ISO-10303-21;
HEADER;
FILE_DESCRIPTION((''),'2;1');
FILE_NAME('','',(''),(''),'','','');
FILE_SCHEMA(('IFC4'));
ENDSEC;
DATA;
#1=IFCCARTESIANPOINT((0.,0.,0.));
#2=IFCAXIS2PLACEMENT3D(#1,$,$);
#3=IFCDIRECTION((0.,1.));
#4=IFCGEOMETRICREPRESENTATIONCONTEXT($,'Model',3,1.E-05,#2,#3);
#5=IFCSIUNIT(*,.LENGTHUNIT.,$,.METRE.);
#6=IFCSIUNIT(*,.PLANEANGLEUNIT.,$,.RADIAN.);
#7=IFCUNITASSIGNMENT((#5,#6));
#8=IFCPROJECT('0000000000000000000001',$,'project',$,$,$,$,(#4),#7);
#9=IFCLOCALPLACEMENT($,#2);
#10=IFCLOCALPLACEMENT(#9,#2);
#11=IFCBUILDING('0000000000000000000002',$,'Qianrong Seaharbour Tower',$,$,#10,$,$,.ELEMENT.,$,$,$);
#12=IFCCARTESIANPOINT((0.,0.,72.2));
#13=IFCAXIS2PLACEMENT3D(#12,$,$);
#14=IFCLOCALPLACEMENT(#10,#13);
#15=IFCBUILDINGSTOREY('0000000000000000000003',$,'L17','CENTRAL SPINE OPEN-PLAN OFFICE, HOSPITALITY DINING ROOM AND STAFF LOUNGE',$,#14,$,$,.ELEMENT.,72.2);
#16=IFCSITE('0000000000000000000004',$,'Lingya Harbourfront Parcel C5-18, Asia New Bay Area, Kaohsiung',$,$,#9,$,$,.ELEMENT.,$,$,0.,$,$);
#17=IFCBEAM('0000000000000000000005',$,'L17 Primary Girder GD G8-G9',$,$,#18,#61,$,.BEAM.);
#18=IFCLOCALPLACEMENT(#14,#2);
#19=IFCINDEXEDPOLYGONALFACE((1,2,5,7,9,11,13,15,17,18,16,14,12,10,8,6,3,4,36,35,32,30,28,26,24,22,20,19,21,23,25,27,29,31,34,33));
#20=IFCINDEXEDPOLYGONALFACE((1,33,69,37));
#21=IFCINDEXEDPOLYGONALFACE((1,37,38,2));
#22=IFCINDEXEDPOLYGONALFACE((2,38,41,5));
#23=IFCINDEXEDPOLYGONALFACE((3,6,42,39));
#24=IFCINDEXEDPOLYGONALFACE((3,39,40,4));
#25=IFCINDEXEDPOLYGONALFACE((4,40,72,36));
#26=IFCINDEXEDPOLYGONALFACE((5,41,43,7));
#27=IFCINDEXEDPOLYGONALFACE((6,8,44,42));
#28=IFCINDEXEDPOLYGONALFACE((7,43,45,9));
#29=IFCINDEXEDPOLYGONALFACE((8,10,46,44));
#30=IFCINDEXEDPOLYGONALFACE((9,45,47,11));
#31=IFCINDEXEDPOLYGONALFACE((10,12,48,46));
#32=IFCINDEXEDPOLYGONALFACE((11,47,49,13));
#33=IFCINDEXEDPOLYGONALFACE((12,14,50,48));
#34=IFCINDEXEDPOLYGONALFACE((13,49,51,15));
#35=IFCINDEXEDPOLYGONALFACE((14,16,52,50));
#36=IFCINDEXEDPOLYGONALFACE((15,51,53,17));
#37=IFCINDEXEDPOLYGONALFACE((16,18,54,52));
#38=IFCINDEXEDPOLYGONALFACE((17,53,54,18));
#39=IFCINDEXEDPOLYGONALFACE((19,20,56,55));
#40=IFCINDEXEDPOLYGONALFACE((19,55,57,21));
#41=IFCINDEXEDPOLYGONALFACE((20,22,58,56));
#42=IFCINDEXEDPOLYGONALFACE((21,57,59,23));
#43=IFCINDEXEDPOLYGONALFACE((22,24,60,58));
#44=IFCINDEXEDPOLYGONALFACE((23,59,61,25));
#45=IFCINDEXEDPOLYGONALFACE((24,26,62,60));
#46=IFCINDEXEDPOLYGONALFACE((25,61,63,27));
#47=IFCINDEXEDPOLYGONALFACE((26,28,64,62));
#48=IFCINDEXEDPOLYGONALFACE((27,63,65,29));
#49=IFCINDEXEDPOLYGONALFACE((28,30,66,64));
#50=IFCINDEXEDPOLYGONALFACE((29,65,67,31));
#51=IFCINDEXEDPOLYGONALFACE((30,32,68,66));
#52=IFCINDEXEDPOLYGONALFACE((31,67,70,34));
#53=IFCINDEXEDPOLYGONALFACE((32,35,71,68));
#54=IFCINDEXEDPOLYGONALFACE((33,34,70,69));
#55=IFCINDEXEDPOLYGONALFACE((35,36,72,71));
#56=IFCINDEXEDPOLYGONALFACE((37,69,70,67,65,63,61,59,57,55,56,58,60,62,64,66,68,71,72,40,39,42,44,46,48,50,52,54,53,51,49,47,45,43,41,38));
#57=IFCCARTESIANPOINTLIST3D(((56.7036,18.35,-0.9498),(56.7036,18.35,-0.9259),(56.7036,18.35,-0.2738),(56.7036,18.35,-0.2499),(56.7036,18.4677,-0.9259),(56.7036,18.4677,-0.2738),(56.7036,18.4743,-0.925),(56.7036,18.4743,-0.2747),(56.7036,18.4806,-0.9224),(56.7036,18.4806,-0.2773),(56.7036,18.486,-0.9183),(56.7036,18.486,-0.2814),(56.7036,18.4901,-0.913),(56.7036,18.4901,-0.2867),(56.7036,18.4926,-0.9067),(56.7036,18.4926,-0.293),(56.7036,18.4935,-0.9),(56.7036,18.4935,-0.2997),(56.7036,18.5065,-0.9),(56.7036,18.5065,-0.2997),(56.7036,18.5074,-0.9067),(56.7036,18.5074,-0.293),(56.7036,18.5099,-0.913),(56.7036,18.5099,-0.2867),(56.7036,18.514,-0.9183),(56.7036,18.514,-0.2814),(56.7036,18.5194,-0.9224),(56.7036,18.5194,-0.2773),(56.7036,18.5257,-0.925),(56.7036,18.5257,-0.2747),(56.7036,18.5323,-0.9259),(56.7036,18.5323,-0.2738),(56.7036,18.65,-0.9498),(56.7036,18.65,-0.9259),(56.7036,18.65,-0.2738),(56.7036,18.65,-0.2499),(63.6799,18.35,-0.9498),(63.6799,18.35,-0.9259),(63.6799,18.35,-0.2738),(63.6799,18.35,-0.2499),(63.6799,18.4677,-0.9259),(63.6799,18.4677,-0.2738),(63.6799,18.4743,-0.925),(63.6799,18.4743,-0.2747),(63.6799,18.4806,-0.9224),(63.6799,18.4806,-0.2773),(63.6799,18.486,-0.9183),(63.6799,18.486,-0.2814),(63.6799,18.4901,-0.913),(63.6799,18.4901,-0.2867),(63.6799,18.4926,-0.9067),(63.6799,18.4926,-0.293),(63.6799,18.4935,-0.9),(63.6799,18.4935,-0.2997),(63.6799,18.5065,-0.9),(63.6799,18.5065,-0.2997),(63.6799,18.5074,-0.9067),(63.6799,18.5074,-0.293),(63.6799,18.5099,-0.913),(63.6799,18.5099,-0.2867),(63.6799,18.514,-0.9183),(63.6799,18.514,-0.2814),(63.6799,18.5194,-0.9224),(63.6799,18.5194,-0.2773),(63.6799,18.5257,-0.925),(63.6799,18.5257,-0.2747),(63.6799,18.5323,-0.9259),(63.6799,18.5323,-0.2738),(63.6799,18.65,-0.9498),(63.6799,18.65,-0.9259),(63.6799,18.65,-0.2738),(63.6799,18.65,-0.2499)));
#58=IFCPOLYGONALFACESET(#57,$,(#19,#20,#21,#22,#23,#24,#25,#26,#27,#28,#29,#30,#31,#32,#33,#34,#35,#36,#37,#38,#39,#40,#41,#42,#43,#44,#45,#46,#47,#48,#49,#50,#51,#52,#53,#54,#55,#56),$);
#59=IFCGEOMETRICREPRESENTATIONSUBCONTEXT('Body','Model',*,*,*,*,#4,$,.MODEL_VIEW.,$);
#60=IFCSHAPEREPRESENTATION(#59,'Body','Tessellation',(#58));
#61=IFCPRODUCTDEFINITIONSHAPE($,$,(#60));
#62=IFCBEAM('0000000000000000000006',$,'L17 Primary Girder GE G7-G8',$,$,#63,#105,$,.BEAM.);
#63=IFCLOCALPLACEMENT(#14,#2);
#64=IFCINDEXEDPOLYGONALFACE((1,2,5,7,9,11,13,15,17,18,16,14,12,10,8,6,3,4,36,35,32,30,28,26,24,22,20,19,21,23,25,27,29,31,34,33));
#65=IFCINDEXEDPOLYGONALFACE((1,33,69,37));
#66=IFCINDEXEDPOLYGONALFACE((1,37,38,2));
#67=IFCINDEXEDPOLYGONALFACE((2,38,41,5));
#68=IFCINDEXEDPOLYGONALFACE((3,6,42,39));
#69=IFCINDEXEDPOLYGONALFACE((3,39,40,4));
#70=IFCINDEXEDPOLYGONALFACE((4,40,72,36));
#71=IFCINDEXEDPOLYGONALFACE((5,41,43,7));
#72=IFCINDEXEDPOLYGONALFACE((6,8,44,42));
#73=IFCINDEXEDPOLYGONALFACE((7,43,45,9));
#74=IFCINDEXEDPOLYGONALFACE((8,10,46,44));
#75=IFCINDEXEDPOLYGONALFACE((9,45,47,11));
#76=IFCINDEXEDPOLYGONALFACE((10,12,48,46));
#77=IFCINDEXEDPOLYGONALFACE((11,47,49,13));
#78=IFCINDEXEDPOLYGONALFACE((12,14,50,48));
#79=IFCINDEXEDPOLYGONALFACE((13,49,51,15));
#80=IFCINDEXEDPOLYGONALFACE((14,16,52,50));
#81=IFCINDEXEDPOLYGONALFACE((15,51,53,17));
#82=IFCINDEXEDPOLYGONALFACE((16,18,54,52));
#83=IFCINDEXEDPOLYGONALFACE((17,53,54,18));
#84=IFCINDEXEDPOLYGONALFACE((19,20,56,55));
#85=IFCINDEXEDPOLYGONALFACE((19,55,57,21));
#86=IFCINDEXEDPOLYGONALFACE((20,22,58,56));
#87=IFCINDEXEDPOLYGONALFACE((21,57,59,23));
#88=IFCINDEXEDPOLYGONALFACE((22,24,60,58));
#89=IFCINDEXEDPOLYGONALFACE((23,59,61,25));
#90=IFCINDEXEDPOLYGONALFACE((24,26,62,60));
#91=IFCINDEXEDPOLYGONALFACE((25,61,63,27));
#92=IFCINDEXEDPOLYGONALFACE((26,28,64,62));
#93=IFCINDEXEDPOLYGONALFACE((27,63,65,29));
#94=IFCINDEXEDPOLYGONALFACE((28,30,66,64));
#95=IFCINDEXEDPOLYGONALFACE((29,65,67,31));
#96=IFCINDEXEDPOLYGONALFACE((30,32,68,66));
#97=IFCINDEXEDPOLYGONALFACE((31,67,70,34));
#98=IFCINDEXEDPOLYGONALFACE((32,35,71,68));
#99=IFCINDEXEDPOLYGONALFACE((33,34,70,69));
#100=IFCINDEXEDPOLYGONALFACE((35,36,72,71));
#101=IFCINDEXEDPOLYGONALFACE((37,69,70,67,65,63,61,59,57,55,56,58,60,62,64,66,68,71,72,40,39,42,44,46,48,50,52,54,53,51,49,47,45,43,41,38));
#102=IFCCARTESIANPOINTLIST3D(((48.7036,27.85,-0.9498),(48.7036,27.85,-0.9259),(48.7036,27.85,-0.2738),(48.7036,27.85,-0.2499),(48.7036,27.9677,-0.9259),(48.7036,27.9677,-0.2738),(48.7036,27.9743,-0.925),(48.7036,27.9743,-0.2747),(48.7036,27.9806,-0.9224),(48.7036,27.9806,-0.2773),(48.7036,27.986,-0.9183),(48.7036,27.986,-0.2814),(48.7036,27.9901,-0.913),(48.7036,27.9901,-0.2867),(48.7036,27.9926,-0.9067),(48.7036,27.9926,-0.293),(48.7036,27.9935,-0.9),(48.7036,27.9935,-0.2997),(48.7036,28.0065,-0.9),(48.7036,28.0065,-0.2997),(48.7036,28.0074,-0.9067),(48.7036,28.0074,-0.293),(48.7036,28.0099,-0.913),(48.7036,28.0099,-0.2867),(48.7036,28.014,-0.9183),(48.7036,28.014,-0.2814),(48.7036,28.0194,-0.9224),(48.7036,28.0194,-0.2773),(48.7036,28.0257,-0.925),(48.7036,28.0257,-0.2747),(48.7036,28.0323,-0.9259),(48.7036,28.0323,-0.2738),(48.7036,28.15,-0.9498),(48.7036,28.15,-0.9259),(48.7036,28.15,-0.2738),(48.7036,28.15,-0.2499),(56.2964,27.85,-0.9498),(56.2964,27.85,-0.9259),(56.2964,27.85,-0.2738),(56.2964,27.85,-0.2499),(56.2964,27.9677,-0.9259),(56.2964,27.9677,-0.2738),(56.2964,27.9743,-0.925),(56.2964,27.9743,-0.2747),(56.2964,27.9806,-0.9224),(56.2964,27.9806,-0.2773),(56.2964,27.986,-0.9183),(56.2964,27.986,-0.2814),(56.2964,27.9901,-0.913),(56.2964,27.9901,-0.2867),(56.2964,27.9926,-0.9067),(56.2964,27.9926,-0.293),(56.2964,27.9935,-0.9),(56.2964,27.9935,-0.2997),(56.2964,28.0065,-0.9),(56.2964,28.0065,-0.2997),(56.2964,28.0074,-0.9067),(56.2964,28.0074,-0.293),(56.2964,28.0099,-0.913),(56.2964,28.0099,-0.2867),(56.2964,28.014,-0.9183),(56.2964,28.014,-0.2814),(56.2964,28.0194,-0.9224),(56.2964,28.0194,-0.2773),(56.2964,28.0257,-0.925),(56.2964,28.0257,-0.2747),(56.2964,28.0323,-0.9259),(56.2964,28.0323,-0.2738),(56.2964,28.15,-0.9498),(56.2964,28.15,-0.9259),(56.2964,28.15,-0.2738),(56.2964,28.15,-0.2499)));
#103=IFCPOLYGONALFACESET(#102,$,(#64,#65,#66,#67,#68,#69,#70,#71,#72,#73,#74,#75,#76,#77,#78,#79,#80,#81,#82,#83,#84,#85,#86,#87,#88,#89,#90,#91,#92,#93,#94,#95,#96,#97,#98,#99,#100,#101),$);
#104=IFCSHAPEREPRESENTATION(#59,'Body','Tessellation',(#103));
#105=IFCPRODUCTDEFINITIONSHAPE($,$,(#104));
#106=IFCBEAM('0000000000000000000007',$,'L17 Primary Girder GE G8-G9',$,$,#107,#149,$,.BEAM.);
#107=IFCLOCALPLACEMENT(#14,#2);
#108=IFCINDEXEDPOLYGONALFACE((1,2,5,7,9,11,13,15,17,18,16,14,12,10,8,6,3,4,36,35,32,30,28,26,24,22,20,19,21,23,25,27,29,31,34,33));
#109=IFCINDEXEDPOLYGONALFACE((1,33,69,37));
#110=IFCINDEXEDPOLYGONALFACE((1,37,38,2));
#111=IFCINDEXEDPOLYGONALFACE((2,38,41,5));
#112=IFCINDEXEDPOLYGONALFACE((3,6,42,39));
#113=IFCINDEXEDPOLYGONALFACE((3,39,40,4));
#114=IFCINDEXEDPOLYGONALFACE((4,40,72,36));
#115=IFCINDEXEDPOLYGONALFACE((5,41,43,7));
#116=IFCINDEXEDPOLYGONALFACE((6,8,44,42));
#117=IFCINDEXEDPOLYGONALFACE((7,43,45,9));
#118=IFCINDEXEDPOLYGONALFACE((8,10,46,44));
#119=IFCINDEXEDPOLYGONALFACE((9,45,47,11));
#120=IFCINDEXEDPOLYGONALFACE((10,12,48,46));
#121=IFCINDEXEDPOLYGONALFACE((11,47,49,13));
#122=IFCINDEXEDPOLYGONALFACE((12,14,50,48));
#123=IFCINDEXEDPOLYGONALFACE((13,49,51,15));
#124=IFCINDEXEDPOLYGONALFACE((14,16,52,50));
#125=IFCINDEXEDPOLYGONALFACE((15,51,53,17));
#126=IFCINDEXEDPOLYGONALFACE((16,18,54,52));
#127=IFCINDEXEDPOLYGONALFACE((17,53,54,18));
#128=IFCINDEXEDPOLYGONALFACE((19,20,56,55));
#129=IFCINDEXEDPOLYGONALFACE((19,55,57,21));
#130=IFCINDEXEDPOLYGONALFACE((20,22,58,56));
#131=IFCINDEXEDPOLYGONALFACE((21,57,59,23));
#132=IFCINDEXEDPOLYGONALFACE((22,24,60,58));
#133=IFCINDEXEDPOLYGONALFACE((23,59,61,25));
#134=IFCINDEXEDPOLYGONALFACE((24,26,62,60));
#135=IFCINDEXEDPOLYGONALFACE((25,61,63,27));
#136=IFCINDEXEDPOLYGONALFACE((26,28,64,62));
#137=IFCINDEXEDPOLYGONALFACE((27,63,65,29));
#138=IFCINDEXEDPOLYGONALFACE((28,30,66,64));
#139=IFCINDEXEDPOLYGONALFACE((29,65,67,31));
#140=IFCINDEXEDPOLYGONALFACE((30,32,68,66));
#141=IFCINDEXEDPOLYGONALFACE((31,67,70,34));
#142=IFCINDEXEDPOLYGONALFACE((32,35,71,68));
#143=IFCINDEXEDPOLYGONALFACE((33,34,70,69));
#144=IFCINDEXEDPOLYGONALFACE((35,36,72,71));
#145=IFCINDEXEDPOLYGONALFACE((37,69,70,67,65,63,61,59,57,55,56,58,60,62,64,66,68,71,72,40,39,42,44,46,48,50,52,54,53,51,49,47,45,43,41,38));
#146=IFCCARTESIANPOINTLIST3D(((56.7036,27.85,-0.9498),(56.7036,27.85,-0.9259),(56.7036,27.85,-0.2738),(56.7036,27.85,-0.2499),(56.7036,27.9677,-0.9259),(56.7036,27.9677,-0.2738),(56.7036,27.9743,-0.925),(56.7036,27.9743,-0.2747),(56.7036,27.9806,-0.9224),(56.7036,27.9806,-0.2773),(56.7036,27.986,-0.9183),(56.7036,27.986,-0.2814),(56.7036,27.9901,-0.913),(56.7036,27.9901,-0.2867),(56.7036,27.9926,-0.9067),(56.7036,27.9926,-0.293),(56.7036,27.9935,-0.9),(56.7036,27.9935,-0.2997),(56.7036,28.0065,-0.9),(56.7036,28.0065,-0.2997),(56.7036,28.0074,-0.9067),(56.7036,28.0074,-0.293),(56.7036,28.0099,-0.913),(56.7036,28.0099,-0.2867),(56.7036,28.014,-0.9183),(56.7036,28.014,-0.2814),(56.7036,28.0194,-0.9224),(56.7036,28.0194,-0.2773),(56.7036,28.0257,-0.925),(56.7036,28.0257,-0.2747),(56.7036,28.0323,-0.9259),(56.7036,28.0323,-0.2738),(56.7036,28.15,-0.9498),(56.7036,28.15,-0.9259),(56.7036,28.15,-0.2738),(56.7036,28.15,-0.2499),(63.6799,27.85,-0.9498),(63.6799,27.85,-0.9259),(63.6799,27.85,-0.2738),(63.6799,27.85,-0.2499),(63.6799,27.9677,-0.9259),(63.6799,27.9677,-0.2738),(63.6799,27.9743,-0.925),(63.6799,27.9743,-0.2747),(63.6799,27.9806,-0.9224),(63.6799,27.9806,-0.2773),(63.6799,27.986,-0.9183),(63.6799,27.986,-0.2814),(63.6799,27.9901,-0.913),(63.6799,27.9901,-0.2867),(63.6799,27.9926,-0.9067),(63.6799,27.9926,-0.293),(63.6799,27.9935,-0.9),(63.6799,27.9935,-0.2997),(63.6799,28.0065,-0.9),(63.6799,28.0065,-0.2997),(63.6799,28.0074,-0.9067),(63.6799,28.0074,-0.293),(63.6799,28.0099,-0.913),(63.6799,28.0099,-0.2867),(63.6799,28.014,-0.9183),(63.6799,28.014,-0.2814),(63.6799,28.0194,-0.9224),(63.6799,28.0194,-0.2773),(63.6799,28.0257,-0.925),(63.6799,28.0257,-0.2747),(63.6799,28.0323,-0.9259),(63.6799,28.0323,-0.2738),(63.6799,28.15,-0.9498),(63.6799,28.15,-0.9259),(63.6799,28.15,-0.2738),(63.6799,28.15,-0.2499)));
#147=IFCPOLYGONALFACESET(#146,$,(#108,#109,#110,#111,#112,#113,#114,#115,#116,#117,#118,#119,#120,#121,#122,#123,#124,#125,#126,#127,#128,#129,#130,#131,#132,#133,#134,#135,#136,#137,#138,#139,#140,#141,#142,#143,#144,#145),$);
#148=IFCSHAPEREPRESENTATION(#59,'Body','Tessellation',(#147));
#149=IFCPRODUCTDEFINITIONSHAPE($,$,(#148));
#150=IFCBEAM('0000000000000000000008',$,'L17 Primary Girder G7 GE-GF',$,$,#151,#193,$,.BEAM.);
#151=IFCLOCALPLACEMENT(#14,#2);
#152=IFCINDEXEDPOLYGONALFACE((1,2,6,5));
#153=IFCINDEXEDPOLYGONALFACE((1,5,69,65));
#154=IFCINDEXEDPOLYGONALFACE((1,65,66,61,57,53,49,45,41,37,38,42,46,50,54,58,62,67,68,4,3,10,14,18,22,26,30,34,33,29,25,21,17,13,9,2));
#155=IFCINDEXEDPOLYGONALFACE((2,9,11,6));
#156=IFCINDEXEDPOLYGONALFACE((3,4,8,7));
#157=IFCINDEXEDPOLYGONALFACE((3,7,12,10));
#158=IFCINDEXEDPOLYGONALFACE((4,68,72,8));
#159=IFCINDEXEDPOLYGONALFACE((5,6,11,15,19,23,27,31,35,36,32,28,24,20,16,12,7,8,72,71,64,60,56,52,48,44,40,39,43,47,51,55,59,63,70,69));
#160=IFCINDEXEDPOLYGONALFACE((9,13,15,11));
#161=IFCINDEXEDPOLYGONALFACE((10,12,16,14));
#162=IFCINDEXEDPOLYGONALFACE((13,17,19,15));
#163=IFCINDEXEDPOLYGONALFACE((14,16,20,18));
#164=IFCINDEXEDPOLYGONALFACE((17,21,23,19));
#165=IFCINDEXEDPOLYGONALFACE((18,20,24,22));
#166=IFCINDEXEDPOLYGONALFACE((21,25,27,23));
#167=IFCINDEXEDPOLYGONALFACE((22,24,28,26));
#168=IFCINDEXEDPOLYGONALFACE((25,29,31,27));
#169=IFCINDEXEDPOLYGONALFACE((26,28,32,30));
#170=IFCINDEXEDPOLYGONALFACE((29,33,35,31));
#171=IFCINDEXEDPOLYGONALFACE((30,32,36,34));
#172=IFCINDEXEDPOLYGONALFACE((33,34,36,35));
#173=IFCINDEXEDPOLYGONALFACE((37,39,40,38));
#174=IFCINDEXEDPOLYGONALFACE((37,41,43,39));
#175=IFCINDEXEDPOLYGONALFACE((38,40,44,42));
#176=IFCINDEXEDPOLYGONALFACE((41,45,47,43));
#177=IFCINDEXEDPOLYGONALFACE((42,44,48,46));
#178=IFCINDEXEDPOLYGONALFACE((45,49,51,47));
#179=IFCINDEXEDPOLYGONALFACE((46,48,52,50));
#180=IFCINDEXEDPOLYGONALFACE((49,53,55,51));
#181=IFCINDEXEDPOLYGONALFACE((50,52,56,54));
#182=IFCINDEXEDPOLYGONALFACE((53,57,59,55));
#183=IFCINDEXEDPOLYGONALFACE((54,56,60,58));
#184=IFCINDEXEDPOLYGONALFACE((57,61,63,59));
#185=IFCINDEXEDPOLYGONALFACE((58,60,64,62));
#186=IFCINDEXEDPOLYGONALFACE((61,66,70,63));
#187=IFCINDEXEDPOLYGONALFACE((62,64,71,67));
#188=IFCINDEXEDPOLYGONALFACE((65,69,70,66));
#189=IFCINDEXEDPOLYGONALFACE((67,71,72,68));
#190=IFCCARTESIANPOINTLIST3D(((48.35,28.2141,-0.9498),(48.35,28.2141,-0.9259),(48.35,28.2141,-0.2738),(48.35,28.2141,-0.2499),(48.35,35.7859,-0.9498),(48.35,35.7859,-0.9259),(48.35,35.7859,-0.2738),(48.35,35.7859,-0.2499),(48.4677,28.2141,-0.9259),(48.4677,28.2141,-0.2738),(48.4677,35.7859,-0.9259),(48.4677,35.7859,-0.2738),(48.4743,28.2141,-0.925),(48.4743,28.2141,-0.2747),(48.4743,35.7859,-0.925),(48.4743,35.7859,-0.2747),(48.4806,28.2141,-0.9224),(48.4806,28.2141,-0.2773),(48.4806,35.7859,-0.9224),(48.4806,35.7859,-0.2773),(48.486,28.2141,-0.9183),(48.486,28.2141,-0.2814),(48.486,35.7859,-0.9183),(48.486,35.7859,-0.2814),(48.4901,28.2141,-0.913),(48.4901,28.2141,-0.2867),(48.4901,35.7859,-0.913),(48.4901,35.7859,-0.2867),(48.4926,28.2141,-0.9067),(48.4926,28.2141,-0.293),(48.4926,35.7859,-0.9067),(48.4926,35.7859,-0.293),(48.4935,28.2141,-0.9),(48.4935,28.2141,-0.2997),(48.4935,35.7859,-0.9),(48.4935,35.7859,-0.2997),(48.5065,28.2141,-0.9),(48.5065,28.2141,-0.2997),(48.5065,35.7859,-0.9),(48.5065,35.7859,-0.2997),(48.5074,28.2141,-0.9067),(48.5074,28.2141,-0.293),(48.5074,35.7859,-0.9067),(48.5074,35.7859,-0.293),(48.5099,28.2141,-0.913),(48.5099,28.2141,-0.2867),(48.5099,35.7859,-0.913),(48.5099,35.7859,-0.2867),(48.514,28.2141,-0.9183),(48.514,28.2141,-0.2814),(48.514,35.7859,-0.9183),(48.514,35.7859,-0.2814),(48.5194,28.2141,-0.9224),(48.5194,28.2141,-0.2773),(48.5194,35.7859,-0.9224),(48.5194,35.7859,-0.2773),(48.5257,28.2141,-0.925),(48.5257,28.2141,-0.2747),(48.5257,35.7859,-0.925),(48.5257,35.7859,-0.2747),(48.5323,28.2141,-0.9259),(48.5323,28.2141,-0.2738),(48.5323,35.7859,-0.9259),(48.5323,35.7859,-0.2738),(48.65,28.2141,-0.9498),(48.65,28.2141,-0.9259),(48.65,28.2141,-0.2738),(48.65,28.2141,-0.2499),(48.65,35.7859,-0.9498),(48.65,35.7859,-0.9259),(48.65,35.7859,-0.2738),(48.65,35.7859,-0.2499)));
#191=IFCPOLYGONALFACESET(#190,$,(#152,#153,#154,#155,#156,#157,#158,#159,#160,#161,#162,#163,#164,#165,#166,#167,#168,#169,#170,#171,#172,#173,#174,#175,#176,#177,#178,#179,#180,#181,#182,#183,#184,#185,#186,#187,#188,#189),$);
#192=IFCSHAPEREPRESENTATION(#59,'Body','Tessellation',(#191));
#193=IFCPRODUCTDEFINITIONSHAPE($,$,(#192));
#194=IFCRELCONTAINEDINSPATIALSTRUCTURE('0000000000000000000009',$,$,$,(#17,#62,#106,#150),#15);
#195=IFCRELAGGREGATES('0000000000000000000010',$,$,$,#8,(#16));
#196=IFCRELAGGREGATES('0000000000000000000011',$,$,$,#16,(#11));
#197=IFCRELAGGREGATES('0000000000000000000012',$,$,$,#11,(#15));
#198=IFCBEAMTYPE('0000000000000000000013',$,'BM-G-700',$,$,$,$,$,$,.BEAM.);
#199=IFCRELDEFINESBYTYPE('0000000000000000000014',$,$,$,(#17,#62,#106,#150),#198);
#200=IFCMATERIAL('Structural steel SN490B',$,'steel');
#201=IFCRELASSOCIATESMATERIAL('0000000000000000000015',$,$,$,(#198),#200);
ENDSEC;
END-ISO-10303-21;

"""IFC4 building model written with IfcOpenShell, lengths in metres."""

from ifc_helpers import new_model, si_unit, direction, frame, origin, origin_2d, place, context, subcontext, project, spatial, i_section, extrude, material, material_profile, profile_set, type_object, element, save


model = new_model("IFC4")

# Units and contexts
model_context = context("Model", 3, precision=1e-05, world=origin(), true_north=direction((0.0, 1.0)))
body_context = subcontext(model_context, "Body", "Model", "MODEL_VIEW")
ifc_project = project(units=[si_unit("LENGTHUNIT", "METRE"), si_unit("PLANEANGLEUNIT", "RADIAN")], contexts=[model_context])

# Site, building, storey
site_placement = place(None, origin())
site = spatial("IfcSite", under=ifc_project, at=site_placement, Name="Lingya Harbourfront Parcel C5-18, Asia New Bay Area, Kaohsiung", CompositionType="ELEMENT", RefElevation=0.0)
building_placement = place(site_placement, origin())
building = spatial("IfcBuilding", under=site, at=building_placement, Name="Qianrong Seaharbour Tower", CompositionType="ELEMENT")
storey_placement = place(building_placement, frame((0.0, 0.0, 72.2)))
storey = spatial("IfcBuildingStorey", under=building, at=storey_placement, Name="L17", Description="CENTRAL SPINE OPEN-PLAN OFFICE, HOSPITALITY DINING ROOM AND STAFF LOUNGE", CompositionType="ELEMENT", Elevation=72.2)

# Shared definitions
ifc_material_1 = material(Name="Structural steel SN490B", Category="steel")

# Beams
ifc_material_profile_1 = material_profile(ifc_material_1, i_section(OverallWidth=0.3, OverallDepth=0.7, WebThickness=0.0129, FlangeThickness=0.0239, FilletRadius=0.0259, at=origin_2d()), Name="H700x300x13x24")
ifc_profile_set_1 = profile_set([ifc_material_profile_1], Name="Structural steel SN490B")
beam_type_1 = type_object("IfcBeamType", Name="BM-G-700", PredefinedType="BEAM", material=ifc_profile_set_1)
beam_1_placement = place(storey_placement, frame((56.7036, 18.5, -0.5999), z_axis=(1.0, 0.0, 0.0), x_axis=(0.0, 1.0, 0.0)))
element("IfcBeam", 1, at=beam_1_placement, inside=storey, type_object=beam_type_1, Name="L17 Primary Girder GD G8-G9", PredefinedType="BEAM", context=body_context, shape_type="SweptSolid", body=[
    extrude(i_section(OverallWidth=0.3, OverallDepth=0.7, WebThickness=0.0129, FlangeThickness=0.0239, FilletRadius=0.0259, at=origin_2d()), origin(), (0.0, 0.0, 1.0), 6.9763),
])
beam_2_placement = place(storey_placement, frame((48.7036, 28.0, -0.5999), z_axis=(1.0, 0.0, 0.0), x_axis=(0.0, 1.0, 0.0)))
element("IfcBeam", 2, at=beam_2_placement, inside=storey, type_object=beam_type_1, Name="L17 Primary Girder GE G7-G8", PredefinedType="BEAM", context=body_context, shape_type="SweptSolid", body=[
    extrude(i_section(OverallWidth=0.3, OverallDepth=0.7, WebThickness=0.0129, FlangeThickness=0.0239, FilletRadius=0.0259, at=origin_2d()), origin(), (0.0, 0.0, 1.0), 7.5928),
])
beam_3_placement = place(storey_placement, frame((56.7036, 28.0, -0.5999), z_axis=(1.0, 0.0, 0.0), x_axis=(0.0, 1.0, 0.0)))
element("IfcBeam", 3, at=beam_3_placement, inside=storey, type_object=beam_type_1, Name="L17 Primary Girder GE G8-G9", PredefinedType="BEAM", context=body_context, shape_type="SweptSolid", body=[
    extrude(i_section(OverallWidth=0.3, OverallDepth=0.7, WebThickness=0.0129, FlangeThickness=0.0239, FilletRadius=0.0259, at=origin_2d()), origin(), (0.0, 0.0, 1.0), 6.9763),
])
for number, where, z_axis, x_axis, name in (
    (4, (48.5, 28.2141, -0.5999), (0.0, 1.0, 0.0), (-1.0, 0.0, 0.0), "L17 Primary Girder G7 GE-GF"),
):
    element("IfcBeam", number, at=place(storey_placement, frame(where, z_axis=z_axis, x_axis=x_axis)), inside=storey, type_object=beam_type_1, Name=name, PredefinedType="BEAM", context=body_context, shape_type="SweptSolid", body=[
        extrude(i_section(OverallWidth=0.3, OverallDepth=0.7, WebThickness=0.0129, FlangeThickness=0.0239, FilletRadius=0.0259, at=origin_2d()), origin(), (0.0, 0.0, 1.0), 7.5718),
    ])

save(model, "model.ifc")
